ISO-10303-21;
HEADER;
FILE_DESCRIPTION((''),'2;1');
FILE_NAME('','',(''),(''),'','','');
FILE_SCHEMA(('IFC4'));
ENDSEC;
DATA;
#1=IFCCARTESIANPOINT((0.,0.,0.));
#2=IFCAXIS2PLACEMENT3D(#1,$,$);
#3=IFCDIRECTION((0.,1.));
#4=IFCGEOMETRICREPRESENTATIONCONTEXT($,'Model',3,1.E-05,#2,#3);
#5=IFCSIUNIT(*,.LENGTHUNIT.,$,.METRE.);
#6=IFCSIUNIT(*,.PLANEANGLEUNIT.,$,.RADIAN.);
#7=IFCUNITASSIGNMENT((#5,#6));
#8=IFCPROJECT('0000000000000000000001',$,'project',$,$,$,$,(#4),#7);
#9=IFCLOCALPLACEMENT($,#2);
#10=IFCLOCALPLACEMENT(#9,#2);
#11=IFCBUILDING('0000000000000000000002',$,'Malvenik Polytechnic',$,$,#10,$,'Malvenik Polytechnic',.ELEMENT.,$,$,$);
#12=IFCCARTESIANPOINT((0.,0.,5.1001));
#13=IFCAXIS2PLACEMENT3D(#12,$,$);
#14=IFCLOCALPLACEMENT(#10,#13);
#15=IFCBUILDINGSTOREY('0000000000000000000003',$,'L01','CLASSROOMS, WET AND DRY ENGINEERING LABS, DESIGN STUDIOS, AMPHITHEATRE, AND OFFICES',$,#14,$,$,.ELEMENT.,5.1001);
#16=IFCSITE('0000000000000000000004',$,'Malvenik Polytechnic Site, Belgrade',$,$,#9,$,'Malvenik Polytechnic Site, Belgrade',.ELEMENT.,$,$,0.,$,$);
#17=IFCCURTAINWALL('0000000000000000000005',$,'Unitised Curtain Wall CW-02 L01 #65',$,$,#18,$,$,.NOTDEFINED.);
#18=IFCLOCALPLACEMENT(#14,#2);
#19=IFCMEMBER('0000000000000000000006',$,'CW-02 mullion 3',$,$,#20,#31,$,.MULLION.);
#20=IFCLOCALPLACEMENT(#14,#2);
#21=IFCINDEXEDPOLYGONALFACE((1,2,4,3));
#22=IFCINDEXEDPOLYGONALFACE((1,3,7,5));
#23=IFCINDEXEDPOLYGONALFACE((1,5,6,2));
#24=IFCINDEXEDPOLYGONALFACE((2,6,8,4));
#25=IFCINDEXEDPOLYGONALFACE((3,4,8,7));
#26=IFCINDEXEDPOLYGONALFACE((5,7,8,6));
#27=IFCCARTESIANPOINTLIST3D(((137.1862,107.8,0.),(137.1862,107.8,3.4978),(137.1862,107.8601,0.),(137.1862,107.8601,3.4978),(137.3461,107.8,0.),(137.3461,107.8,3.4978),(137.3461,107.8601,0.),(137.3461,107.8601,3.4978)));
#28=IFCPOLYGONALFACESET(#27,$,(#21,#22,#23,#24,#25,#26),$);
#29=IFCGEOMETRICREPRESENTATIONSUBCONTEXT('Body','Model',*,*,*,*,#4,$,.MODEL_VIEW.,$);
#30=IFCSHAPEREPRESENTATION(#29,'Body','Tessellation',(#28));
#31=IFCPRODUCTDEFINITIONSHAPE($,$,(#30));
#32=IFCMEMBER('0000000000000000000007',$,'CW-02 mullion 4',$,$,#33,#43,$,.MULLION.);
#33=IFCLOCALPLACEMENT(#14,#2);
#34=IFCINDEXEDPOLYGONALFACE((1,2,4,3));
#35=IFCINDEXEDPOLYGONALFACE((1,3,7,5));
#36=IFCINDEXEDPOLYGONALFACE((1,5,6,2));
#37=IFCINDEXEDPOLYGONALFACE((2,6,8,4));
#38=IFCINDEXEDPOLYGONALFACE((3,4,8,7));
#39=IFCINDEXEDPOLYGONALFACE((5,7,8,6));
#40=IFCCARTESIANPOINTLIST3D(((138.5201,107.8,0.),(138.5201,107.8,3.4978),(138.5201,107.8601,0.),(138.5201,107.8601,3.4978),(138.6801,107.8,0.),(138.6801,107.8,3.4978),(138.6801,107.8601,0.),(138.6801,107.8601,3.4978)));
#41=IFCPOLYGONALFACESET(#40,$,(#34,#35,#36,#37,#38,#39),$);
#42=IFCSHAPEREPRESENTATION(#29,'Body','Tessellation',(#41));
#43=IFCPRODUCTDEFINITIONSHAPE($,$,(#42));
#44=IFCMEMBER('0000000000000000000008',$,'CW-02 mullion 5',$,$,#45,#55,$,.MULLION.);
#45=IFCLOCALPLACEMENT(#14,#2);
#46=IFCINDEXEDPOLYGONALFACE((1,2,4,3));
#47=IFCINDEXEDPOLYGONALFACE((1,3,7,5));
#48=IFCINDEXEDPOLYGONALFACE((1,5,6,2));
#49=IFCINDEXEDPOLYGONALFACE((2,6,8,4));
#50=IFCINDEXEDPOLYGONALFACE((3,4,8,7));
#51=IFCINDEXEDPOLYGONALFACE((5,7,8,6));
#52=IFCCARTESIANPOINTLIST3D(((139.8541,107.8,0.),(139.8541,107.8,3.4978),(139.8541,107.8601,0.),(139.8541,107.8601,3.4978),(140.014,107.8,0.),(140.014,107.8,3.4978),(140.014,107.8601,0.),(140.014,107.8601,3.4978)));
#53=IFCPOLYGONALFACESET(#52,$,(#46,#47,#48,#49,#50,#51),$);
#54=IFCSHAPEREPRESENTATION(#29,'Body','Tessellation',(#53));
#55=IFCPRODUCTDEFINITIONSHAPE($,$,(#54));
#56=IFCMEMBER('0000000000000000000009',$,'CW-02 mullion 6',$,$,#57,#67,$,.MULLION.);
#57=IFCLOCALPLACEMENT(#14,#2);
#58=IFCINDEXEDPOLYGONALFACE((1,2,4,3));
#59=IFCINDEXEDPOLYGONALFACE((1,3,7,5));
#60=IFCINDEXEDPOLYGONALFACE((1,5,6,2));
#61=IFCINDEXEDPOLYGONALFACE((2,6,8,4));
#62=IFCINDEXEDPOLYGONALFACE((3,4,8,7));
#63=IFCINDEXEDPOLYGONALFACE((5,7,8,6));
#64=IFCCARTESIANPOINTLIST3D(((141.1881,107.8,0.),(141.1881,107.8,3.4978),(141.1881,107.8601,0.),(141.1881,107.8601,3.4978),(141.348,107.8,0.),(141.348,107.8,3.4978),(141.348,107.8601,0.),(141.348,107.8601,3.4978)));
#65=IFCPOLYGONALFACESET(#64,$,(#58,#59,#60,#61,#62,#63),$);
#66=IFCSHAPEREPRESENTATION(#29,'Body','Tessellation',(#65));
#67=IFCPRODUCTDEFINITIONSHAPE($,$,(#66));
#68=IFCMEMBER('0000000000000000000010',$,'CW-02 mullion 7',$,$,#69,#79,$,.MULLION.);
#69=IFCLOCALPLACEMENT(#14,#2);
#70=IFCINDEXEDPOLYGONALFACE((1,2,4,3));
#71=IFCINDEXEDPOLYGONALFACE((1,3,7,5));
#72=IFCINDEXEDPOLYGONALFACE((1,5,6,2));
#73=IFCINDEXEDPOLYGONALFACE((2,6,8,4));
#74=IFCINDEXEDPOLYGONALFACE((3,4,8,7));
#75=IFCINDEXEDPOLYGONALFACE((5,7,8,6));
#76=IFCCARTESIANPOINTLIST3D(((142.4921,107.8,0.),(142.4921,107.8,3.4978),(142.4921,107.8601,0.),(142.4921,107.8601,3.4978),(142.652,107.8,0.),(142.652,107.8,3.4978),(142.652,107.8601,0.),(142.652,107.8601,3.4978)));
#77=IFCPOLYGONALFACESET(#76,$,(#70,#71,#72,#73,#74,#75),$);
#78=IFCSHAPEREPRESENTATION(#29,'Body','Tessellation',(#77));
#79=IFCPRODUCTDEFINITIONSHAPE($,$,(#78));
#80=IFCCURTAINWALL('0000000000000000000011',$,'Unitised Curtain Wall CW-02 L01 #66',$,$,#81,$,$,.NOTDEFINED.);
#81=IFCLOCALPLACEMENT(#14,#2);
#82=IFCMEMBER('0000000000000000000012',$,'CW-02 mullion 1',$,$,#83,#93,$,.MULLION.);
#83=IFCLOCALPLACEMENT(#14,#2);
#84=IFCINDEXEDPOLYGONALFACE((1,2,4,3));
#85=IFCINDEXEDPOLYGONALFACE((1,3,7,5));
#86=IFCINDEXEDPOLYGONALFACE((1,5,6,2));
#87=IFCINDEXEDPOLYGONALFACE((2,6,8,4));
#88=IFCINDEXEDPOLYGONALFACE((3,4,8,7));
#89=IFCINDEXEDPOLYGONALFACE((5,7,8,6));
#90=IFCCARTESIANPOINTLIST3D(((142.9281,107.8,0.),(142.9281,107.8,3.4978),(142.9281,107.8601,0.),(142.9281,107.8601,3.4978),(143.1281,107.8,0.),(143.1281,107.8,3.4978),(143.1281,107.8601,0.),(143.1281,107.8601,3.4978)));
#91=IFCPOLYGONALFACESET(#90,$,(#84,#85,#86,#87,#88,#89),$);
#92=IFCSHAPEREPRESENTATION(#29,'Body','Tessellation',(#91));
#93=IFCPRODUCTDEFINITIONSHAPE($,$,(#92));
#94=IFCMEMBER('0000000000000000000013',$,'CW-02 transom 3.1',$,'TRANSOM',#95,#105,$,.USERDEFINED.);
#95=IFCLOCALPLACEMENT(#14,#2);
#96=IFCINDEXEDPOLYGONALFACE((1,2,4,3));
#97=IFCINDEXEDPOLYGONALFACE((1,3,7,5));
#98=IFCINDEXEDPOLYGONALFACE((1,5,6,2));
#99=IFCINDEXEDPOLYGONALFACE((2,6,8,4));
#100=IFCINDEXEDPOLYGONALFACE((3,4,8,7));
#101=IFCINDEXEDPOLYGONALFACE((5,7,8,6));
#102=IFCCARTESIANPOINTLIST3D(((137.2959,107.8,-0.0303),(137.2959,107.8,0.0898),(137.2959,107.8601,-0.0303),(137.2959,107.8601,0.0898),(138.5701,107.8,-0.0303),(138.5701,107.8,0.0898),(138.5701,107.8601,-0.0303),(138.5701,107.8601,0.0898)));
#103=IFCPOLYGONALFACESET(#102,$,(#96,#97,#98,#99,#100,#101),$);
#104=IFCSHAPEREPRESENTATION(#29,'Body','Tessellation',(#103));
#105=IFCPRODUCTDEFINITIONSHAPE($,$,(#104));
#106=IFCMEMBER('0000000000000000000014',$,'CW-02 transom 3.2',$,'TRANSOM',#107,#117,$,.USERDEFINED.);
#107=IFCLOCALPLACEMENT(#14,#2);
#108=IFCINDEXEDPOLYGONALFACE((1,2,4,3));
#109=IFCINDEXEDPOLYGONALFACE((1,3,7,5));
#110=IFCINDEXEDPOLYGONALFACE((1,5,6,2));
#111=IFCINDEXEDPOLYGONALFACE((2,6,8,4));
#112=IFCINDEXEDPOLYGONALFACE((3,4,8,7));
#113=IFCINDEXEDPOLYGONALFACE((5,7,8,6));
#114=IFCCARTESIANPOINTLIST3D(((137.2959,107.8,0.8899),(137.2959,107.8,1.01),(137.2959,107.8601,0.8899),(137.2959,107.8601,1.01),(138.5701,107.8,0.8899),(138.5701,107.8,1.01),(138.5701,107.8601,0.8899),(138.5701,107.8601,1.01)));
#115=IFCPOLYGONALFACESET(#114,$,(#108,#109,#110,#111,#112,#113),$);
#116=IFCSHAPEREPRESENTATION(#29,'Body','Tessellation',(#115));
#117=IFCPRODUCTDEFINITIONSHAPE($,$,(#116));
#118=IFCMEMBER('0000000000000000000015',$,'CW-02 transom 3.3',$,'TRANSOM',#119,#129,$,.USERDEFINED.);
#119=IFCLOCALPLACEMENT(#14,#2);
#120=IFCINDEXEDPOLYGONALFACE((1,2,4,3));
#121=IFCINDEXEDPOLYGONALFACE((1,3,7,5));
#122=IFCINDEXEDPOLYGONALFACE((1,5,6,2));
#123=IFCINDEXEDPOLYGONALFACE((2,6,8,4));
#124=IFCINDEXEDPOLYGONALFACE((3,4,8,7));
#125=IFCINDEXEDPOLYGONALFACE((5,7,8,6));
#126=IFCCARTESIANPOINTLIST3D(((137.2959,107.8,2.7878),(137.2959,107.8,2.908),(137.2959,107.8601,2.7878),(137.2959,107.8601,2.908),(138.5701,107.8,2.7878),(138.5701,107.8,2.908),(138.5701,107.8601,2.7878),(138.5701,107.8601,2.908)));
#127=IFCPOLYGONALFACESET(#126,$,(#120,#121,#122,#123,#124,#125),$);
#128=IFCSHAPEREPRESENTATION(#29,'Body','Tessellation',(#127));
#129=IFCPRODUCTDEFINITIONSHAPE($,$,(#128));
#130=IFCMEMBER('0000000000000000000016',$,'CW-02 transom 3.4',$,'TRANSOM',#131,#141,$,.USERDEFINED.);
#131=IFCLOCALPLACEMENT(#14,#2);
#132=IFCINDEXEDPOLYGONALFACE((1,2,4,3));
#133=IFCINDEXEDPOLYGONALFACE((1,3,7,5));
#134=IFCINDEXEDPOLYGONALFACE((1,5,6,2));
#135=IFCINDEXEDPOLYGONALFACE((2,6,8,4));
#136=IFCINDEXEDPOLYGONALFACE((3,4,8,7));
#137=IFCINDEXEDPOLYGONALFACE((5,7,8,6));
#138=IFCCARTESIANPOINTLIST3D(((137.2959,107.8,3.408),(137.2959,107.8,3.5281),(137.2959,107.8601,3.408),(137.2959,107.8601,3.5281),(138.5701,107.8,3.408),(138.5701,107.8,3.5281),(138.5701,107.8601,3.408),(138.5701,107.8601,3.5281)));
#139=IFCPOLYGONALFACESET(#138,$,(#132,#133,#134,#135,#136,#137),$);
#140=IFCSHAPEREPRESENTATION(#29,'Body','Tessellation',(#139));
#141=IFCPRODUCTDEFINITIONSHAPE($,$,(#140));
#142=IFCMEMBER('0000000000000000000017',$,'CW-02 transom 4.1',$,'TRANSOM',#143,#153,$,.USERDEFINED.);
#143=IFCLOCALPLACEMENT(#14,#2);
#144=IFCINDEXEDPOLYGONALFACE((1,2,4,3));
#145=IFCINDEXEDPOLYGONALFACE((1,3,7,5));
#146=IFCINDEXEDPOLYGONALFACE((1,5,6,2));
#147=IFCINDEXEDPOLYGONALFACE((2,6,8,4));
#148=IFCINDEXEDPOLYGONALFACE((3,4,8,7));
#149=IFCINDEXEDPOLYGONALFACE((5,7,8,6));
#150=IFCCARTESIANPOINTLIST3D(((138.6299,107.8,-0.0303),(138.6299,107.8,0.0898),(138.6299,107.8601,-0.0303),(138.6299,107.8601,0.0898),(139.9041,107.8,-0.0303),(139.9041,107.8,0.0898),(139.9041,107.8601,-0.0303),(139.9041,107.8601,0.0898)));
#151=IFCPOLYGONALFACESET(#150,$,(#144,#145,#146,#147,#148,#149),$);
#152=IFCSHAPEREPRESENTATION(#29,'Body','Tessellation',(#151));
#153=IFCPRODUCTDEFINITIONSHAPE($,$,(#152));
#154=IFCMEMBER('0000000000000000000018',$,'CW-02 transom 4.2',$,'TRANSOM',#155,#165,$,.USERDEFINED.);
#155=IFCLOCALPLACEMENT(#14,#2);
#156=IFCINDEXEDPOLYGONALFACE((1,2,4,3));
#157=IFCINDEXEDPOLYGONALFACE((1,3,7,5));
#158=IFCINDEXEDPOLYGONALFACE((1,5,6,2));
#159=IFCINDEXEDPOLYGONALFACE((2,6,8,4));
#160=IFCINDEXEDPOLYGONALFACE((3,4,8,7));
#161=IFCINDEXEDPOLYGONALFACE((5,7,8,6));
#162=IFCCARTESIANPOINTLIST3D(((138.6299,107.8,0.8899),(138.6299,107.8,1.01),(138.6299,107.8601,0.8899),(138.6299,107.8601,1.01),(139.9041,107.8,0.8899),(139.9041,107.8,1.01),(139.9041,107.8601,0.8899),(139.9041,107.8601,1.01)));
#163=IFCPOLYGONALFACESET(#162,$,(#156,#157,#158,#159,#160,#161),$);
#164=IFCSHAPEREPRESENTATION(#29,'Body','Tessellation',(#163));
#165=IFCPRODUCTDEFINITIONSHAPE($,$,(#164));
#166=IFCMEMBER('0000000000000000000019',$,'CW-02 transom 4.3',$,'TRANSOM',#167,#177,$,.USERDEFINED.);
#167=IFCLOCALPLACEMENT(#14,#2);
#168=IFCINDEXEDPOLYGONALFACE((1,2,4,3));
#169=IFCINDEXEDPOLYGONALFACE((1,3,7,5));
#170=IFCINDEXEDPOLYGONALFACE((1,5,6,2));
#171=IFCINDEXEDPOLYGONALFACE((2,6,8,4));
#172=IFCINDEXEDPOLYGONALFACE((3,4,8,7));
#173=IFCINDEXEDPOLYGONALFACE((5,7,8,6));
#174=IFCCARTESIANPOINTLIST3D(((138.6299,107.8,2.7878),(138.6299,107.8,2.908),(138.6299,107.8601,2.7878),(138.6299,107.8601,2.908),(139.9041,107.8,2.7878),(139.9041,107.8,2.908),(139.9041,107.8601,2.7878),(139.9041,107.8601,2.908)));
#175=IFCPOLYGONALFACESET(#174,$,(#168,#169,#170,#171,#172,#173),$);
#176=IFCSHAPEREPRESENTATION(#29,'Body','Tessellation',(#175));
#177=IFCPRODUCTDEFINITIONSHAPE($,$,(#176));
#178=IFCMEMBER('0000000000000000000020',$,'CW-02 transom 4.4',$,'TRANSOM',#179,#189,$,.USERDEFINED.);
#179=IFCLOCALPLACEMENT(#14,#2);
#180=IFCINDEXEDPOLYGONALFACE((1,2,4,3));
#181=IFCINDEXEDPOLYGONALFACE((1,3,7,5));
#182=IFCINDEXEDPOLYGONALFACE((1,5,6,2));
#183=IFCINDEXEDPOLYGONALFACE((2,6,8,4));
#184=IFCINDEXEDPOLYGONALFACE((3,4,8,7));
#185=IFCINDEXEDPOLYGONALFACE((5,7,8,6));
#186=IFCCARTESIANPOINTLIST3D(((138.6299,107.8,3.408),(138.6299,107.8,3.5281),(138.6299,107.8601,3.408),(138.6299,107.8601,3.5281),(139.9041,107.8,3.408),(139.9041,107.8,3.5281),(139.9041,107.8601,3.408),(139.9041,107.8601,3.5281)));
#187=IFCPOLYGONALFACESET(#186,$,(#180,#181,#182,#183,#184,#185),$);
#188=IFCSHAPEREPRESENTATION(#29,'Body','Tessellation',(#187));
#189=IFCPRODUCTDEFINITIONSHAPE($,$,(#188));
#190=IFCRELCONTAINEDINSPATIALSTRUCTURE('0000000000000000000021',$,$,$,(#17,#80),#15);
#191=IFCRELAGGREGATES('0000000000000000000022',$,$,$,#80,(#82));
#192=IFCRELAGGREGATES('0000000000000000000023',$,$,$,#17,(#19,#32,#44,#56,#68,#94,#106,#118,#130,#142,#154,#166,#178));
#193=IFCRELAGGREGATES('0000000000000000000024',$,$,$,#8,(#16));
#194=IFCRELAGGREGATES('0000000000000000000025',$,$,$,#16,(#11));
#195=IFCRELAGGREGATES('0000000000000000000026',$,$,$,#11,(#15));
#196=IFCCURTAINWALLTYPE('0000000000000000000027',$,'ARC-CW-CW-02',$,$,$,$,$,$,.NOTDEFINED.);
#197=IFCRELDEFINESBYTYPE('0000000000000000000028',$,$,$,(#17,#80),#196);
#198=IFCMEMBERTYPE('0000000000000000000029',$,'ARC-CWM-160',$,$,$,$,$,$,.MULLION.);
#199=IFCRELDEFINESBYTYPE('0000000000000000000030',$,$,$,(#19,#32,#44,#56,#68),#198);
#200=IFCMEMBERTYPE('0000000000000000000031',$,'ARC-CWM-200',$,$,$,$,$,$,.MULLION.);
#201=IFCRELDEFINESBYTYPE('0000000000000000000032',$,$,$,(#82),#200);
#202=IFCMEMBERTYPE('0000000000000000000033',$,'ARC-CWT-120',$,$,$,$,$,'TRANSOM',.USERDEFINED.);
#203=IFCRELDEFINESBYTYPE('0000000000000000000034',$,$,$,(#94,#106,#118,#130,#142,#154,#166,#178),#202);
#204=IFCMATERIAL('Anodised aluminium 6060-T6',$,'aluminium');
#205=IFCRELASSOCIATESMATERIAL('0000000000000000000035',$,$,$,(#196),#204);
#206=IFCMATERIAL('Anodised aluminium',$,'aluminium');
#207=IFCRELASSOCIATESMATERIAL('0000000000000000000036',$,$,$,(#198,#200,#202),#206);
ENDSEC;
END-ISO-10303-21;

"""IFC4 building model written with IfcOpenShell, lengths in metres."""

from ifc_helpers import new_model, si_unit, direction, frame, origin, origin_2d, place, context, subcontext, project, spatial, rectangle, extrude, material, material_profile, profile_set, type_object, element, aggregate, save


model = new_model("IFC4")

# Units and contexts
model_context = context("Model", 3, precision=1e-05, world=origin(), true_north=direction((0.0, 1.0)))
body_context = subcontext(model_context, "Body", "Model", "MODEL_VIEW")
ifc_project = project(units=[si_unit("LENGTHUNIT", "METRE"), si_unit("PLANEANGLEUNIT", "RADIAN")], contexts=[model_context])

# Site, building, storey
site_placement = place(None, origin())
site = spatial("IfcSite", under=ifc_project, at=site_placement, Name="Malvenik Polytechnic Site, Belgrade", LongName="Malvenik Polytechnic Site, Belgrade", CompositionType="ELEMENT", RefElevation=0.0)
building_placement = place(site_placement, origin())
building = spatial("IfcBuilding", under=site, at=building_placement, Name="Malvenik Polytechnic", LongName="Malvenik Polytechnic", CompositionType="ELEMENT")
storey_placement = place(building_placement, frame((0.0, 0.0, 5.1001)))
storey = spatial("IfcBuildingStorey", under=building, at=storey_placement, Name="L01", Description="CLASSROOMS, WET AND DRY ENGINEERING LABS, DESIGN STUDIOS, AMPHITHEATRE, AND OFFICES", CompositionType="ELEMENT", Elevation=5.1001)

# Curtain wall, members
ifc_material_1 = material(Name="Anodised aluminium 6060-T6", Category="aluminium")
curtain_wall_type = type_object("IfcCurtainWallType", Name="ARC-CW-CW-02", PredefinedType="NOTDEFINED", material=ifc_material_1)
curtain_wall_1_placement = place(storey_placement, origin())
curtain_wall_1 = element("IfcCurtainWall", 1, at=curtain_wall_1_placement, inside=storey, type_object=curtain_wall_type, Name="Unitised Curtain Wall CW-02 L01 #65", PredefinedType="NOTDEFINED")
ifc_material_2 = material(Name="Anodised aluminium", Category="aluminium")
ifc_material_profile_1 = material_profile(ifc_material_2, rectangle(XDim=0.0601, YDim=0.1599, at=origin_2d()), Name="ALU MULLION 60x160")
ifc_profile_set_1 = profile_set([ifc_material_profile_1], Name="Anodised aluminium")
member_type_1 = type_object("IfcMemberType", Name="ARC-CWM-160", PredefinedType="MULLION", material=ifc_profile_set_1)
member_1_placement = place(storey_placement, frame((137.2661, 107.8301, 0.0), z_axis=(0.0, 0.0, 1.0), x_axis=(0.0, 1.0, 0.0)))
member_1 = element("IfcMember", 2, at=member_1_placement, type_object=member_type_1, Name="CW-02 mullion 3", PredefinedType="MULLION", context=body_context, shape_type="SweptSolid", body=[
    extrude(rectangle(XDim=0.0601, YDim=0.1599, at=origin_2d()), origin(), (0.0, 0.0, 1.0), 3.4978),
])
member_2_placement = place(storey_placement, frame((138.6001, 107.8301, 0.0), z_axis=(0.0, 0.0, 1.0), x_axis=(0.0, 1.0, 0.0)))
member_2 = element("IfcMember", 3, at=member_2_placement, type_object=member_type_1, Name="CW-02 mullion 4", PredefinedType="MULLION", context=body_context, shape_type="SweptSolid", body=[
    extrude(rectangle(XDim=0.0601, YDim=0.1599, at=origin_2d()), origin(), (0.0, 0.0, 1.0), 3.4978),
])
member_3_placement = place(storey_placement, frame((139.9341, 107.8301, 0.0), z_axis=(0.0, 0.0, 1.0), x_axis=(0.0, 1.0, 0.0)))
member_3 = element("IfcMember", 4, at=member_3_placement, type_object=member_type_1, Name="CW-02 mullion 5", PredefinedType="MULLION", context=body_context, shape_type="SweptSolid", body=[
    extrude(rectangle(XDim=0.0601, YDim=0.1599, at=origin_2d()), origin(), (0.0, 0.0, 1.0), 3.4978),
])
member_4_placement = place(storey_placement, frame((141.2681, 107.8301, 0.0), z_axis=(0.0, 0.0, 1.0), x_axis=(0.0, 1.0, 0.0)))
member_4 = element("IfcMember", 5, at=member_4_placement, type_object=member_type_1, Name="CW-02 mullion 6", PredefinedType="MULLION", context=body_context, shape_type="SweptSolid", body=[
    extrude(rectangle(XDim=0.0601, YDim=0.1599, at=origin_2d()), origin(), (0.0, 0.0, 1.0), 3.4978),
])
member_5_placement = place(storey_placement, frame((142.572, 107.8301, 0.0), z_axis=(0.0, 0.0, 1.0), x_axis=(0.0, 1.0, 0.0)))
member_5 = element("IfcMember", 6, at=member_5_placement, type_object=member_type_1, Name="CW-02 mullion 7", PredefinedType="MULLION", context=body_context, shape_type="SweptSolid", body=[
    extrude(rectangle(XDim=0.0601, YDim=0.1599, at=origin_2d()), origin(), (0.0, 0.0, 1.0), 3.4978),
])

# Curtain wall, member
curtain_wall_2_placement = place(storey_placement, origin())
curtain_wall_2 = element("IfcCurtainWall", 7, at=curtain_wall_2_placement, inside=storey, type_object=curtain_wall_type, Name="Unitised Curtain Wall CW-02 L01 #66", PredefinedType="NOTDEFINED")
ifc_material_profile_2 = material_profile(ifc_material_2, rectangle(XDim=0.0601, YDim=0.2, at=origin_2d()), Name="ALU MULLION 60x200")
ifc_profile_set_2 = profile_set([ifc_material_profile_2], Name="Anodised aluminium")
member_type_2 = type_object("IfcMemberType", Name="ARC-CWM-200", PredefinedType="MULLION", material=ifc_profile_set_2)
member_6_placement = place(storey_placement, frame((143.0281, 107.8301, 0.0), z_axis=(0.0, 0.0, 1.0), x_axis=(0.0, 1.0, 0.0)))
member_6 = element("IfcMember", 8, at=member_6_placement, type_object=member_type_2, Name="CW-02 mullion 1", PredefinedType="MULLION", context=body_context, shape_type="SweptSolid", body=[
    extrude(rectangle(XDim=0.0601, YDim=0.2, at=origin_2d()), origin(), (0.0, 0.0, 1.0), 3.4978),
])

# Members
ifc_material_profile_3 = material_profile(ifc_material_2, rectangle(XDim=0.0601, YDim=0.1201, at=origin_2d()), Name="ALU TRANSOM 60x120")
ifc_profile_set_3 = profile_set([ifc_material_profile_3], Name="Anodised aluminium")
member_type_3 = type_object("IfcMemberType", Name="ARC-CWT-120", ElementType="TRANSOM", PredefinedType="USERDEFINED", material=ifc_profile_set_3)
member_7_placement = place(storey_placement, frame((137.2959, 107.8301, 0.0298), z_axis=(1.0, 0.0, 0.0), x_axis=(0.0, 1.0, 0.0)))
member_7 = element("IfcMember", 9, at=member_7_placement, type_object=member_type_3, Name="CW-02 transom 3.1", ObjectType="TRANSOM", PredefinedType="USERDEFINED", context=body_context, shape_type="SweptSolid", body=[
    extrude(rectangle(XDim=0.0601, YDim=0.1201, at=origin_2d()), origin(), (0.0, 0.0, 1.0), 1.2742),
])
member_8_placement = place(storey_placement, frame((137.2959, 107.8301, 0.95), z_axis=(1.0, 0.0, 0.0), x_axis=(0.0, 1.0, 0.0)))
member_8 = element("IfcMember", 10, at=member_8_placement, type_object=member_type_3, Name="CW-02 transom 3.2", ObjectType="TRANSOM", PredefinedType="USERDEFINED", context=body_context, shape_type="SweptSolid", body=[
    extrude(rectangle(XDim=0.0601, YDim=0.1201, at=origin_2d()), origin(), (0.0, 0.0, 1.0), 1.2742),
])
member_9_placement = place(storey_placement, frame((137.2959, 107.8301, 2.8479), z_axis=(1.0, 0.0, 0.0), x_axis=(0.0, 1.0, 0.0)))
member_9 = element("IfcMember", 11, at=member_9_placement, type_object=member_type_3, Name="CW-02 transom 3.3", ObjectType="TRANSOM", PredefinedType="USERDEFINED", context=body_context, shape_type="SweptSolid", body=[
    extrude(rectangle(XDim=0.0601, YDim=0.1201, at=origin_2d()), origin(), (0.0, 0.0, 1.0), 1.2742),
])
member_10_placement = place(storey_placement, frame((137.2959, 107.8301, 3.468), z_axis=(1.0, 0.0, 0.0), x_axis=(0.0, 1.0, 0.0)))
member_10 = element("IfcMember", 12, at=member_10_placement, type_object=member_type_3, Name="CW-02 transom 3.4", ObjectType="TRANSOM", PredefinedType="USERDEFINED", context=body_context, shape_type="SweptSolid", body=[
    extrude(rectangle(XDim=0.0601, YDim=0.1201, at=origin_2d()), origin(), (0.0, 0.0, 1.0), 1.2742),
])
member_11_placement = place(storey_placement, frame((138.6299, 107.8301, 0.0298), z_axis=(1.0, 0.0, 0.0), x_axis=(0.0, 1.0, 0.0)))
member_11 = element("IfcMember", 13, at=member_11_placement, type_object=member_type_3, Name="CW-02 transom 4.1", ObjectType="TRANSOM", PredefinedType="USERDEFINED", context=body_context, shape_type="SweptSolid", body=[
    extrude(rectangle(XDim=0.0601, YDim=0.1201, at=origin_2d()), origin(), (0.0, 0.0, 1.0), 1.2742),
])
member_12_placement = place(storey_placement, frame((138.6299, 107.8301, 0.95), z_axis=(1.0, 0.0, 0.0), x_axis=(0.0, 1.0, 0.0)))
member_12 = element("IfcMember", 14, at=member_12_placement, type_object=member_type_3, Name="CW-02 transom 4.2", ObjectType="TRANSOM", PredefinedType="USERDEFINED", context=body_context, shape_type="SweptSolid", body=[
    extrude(rectangle(XDim=0.0601, YDim=0.1201, at=origin_2d()), origin(), (0.0, 0.0, 1.0), 1.2742),
])
member_13_placement = place(storey_placement, frame((138.6299, 107.8301, 2.8479), z_axis=(1.0, 0.0, 0.0), x_axis=(0.0, 1.0, 0.0)))
member_13 = element("IfcMember", 15, at=member_13_placement, type_object=member_type_3, Name="CW-02 transom 4.3", ObjectType="TRANSOM", PredefinedType="USERDEFINED", context=body_context, shape_type="SweptSolid", body=[
    extrude(rectangle(XDim=0.0601, YDim=0.1201, at=origin_2d()), origin(), (0.0, 0.0, 1.0), 1.2742),
])
member_14_placement = place(storey_placement, frame((138.6299, 107.8301, 3.468), z_axis=(1.0, 0.0, 0.0), x_axis=(0.0, 1.0, 0.0)))
member_14 = element("IfcMember", 16, at=member_14_placement, type_object=member_type_3, Name="CW-02 transom 4.4", ObjectType="TRANSOM", PredefinedType="USERDEFINED", context=body_context, shape_type="SweptSolid", body=[
    extrude(rectangle(XDim=0.0601, YDim=0.1201, at=origin_2d()), origin(), (0.0, 0.0, 1.0), 1.2742),
])
aggregate(curtain_wall_2, [member_6])

aggregate(curtain_wall_1, [member_1, member_2, member_3, member_4, member_5, member_7, member_8, member_9, member_10, member_11, member_12, member_13, member_14])

save(model, "model.ifc")
